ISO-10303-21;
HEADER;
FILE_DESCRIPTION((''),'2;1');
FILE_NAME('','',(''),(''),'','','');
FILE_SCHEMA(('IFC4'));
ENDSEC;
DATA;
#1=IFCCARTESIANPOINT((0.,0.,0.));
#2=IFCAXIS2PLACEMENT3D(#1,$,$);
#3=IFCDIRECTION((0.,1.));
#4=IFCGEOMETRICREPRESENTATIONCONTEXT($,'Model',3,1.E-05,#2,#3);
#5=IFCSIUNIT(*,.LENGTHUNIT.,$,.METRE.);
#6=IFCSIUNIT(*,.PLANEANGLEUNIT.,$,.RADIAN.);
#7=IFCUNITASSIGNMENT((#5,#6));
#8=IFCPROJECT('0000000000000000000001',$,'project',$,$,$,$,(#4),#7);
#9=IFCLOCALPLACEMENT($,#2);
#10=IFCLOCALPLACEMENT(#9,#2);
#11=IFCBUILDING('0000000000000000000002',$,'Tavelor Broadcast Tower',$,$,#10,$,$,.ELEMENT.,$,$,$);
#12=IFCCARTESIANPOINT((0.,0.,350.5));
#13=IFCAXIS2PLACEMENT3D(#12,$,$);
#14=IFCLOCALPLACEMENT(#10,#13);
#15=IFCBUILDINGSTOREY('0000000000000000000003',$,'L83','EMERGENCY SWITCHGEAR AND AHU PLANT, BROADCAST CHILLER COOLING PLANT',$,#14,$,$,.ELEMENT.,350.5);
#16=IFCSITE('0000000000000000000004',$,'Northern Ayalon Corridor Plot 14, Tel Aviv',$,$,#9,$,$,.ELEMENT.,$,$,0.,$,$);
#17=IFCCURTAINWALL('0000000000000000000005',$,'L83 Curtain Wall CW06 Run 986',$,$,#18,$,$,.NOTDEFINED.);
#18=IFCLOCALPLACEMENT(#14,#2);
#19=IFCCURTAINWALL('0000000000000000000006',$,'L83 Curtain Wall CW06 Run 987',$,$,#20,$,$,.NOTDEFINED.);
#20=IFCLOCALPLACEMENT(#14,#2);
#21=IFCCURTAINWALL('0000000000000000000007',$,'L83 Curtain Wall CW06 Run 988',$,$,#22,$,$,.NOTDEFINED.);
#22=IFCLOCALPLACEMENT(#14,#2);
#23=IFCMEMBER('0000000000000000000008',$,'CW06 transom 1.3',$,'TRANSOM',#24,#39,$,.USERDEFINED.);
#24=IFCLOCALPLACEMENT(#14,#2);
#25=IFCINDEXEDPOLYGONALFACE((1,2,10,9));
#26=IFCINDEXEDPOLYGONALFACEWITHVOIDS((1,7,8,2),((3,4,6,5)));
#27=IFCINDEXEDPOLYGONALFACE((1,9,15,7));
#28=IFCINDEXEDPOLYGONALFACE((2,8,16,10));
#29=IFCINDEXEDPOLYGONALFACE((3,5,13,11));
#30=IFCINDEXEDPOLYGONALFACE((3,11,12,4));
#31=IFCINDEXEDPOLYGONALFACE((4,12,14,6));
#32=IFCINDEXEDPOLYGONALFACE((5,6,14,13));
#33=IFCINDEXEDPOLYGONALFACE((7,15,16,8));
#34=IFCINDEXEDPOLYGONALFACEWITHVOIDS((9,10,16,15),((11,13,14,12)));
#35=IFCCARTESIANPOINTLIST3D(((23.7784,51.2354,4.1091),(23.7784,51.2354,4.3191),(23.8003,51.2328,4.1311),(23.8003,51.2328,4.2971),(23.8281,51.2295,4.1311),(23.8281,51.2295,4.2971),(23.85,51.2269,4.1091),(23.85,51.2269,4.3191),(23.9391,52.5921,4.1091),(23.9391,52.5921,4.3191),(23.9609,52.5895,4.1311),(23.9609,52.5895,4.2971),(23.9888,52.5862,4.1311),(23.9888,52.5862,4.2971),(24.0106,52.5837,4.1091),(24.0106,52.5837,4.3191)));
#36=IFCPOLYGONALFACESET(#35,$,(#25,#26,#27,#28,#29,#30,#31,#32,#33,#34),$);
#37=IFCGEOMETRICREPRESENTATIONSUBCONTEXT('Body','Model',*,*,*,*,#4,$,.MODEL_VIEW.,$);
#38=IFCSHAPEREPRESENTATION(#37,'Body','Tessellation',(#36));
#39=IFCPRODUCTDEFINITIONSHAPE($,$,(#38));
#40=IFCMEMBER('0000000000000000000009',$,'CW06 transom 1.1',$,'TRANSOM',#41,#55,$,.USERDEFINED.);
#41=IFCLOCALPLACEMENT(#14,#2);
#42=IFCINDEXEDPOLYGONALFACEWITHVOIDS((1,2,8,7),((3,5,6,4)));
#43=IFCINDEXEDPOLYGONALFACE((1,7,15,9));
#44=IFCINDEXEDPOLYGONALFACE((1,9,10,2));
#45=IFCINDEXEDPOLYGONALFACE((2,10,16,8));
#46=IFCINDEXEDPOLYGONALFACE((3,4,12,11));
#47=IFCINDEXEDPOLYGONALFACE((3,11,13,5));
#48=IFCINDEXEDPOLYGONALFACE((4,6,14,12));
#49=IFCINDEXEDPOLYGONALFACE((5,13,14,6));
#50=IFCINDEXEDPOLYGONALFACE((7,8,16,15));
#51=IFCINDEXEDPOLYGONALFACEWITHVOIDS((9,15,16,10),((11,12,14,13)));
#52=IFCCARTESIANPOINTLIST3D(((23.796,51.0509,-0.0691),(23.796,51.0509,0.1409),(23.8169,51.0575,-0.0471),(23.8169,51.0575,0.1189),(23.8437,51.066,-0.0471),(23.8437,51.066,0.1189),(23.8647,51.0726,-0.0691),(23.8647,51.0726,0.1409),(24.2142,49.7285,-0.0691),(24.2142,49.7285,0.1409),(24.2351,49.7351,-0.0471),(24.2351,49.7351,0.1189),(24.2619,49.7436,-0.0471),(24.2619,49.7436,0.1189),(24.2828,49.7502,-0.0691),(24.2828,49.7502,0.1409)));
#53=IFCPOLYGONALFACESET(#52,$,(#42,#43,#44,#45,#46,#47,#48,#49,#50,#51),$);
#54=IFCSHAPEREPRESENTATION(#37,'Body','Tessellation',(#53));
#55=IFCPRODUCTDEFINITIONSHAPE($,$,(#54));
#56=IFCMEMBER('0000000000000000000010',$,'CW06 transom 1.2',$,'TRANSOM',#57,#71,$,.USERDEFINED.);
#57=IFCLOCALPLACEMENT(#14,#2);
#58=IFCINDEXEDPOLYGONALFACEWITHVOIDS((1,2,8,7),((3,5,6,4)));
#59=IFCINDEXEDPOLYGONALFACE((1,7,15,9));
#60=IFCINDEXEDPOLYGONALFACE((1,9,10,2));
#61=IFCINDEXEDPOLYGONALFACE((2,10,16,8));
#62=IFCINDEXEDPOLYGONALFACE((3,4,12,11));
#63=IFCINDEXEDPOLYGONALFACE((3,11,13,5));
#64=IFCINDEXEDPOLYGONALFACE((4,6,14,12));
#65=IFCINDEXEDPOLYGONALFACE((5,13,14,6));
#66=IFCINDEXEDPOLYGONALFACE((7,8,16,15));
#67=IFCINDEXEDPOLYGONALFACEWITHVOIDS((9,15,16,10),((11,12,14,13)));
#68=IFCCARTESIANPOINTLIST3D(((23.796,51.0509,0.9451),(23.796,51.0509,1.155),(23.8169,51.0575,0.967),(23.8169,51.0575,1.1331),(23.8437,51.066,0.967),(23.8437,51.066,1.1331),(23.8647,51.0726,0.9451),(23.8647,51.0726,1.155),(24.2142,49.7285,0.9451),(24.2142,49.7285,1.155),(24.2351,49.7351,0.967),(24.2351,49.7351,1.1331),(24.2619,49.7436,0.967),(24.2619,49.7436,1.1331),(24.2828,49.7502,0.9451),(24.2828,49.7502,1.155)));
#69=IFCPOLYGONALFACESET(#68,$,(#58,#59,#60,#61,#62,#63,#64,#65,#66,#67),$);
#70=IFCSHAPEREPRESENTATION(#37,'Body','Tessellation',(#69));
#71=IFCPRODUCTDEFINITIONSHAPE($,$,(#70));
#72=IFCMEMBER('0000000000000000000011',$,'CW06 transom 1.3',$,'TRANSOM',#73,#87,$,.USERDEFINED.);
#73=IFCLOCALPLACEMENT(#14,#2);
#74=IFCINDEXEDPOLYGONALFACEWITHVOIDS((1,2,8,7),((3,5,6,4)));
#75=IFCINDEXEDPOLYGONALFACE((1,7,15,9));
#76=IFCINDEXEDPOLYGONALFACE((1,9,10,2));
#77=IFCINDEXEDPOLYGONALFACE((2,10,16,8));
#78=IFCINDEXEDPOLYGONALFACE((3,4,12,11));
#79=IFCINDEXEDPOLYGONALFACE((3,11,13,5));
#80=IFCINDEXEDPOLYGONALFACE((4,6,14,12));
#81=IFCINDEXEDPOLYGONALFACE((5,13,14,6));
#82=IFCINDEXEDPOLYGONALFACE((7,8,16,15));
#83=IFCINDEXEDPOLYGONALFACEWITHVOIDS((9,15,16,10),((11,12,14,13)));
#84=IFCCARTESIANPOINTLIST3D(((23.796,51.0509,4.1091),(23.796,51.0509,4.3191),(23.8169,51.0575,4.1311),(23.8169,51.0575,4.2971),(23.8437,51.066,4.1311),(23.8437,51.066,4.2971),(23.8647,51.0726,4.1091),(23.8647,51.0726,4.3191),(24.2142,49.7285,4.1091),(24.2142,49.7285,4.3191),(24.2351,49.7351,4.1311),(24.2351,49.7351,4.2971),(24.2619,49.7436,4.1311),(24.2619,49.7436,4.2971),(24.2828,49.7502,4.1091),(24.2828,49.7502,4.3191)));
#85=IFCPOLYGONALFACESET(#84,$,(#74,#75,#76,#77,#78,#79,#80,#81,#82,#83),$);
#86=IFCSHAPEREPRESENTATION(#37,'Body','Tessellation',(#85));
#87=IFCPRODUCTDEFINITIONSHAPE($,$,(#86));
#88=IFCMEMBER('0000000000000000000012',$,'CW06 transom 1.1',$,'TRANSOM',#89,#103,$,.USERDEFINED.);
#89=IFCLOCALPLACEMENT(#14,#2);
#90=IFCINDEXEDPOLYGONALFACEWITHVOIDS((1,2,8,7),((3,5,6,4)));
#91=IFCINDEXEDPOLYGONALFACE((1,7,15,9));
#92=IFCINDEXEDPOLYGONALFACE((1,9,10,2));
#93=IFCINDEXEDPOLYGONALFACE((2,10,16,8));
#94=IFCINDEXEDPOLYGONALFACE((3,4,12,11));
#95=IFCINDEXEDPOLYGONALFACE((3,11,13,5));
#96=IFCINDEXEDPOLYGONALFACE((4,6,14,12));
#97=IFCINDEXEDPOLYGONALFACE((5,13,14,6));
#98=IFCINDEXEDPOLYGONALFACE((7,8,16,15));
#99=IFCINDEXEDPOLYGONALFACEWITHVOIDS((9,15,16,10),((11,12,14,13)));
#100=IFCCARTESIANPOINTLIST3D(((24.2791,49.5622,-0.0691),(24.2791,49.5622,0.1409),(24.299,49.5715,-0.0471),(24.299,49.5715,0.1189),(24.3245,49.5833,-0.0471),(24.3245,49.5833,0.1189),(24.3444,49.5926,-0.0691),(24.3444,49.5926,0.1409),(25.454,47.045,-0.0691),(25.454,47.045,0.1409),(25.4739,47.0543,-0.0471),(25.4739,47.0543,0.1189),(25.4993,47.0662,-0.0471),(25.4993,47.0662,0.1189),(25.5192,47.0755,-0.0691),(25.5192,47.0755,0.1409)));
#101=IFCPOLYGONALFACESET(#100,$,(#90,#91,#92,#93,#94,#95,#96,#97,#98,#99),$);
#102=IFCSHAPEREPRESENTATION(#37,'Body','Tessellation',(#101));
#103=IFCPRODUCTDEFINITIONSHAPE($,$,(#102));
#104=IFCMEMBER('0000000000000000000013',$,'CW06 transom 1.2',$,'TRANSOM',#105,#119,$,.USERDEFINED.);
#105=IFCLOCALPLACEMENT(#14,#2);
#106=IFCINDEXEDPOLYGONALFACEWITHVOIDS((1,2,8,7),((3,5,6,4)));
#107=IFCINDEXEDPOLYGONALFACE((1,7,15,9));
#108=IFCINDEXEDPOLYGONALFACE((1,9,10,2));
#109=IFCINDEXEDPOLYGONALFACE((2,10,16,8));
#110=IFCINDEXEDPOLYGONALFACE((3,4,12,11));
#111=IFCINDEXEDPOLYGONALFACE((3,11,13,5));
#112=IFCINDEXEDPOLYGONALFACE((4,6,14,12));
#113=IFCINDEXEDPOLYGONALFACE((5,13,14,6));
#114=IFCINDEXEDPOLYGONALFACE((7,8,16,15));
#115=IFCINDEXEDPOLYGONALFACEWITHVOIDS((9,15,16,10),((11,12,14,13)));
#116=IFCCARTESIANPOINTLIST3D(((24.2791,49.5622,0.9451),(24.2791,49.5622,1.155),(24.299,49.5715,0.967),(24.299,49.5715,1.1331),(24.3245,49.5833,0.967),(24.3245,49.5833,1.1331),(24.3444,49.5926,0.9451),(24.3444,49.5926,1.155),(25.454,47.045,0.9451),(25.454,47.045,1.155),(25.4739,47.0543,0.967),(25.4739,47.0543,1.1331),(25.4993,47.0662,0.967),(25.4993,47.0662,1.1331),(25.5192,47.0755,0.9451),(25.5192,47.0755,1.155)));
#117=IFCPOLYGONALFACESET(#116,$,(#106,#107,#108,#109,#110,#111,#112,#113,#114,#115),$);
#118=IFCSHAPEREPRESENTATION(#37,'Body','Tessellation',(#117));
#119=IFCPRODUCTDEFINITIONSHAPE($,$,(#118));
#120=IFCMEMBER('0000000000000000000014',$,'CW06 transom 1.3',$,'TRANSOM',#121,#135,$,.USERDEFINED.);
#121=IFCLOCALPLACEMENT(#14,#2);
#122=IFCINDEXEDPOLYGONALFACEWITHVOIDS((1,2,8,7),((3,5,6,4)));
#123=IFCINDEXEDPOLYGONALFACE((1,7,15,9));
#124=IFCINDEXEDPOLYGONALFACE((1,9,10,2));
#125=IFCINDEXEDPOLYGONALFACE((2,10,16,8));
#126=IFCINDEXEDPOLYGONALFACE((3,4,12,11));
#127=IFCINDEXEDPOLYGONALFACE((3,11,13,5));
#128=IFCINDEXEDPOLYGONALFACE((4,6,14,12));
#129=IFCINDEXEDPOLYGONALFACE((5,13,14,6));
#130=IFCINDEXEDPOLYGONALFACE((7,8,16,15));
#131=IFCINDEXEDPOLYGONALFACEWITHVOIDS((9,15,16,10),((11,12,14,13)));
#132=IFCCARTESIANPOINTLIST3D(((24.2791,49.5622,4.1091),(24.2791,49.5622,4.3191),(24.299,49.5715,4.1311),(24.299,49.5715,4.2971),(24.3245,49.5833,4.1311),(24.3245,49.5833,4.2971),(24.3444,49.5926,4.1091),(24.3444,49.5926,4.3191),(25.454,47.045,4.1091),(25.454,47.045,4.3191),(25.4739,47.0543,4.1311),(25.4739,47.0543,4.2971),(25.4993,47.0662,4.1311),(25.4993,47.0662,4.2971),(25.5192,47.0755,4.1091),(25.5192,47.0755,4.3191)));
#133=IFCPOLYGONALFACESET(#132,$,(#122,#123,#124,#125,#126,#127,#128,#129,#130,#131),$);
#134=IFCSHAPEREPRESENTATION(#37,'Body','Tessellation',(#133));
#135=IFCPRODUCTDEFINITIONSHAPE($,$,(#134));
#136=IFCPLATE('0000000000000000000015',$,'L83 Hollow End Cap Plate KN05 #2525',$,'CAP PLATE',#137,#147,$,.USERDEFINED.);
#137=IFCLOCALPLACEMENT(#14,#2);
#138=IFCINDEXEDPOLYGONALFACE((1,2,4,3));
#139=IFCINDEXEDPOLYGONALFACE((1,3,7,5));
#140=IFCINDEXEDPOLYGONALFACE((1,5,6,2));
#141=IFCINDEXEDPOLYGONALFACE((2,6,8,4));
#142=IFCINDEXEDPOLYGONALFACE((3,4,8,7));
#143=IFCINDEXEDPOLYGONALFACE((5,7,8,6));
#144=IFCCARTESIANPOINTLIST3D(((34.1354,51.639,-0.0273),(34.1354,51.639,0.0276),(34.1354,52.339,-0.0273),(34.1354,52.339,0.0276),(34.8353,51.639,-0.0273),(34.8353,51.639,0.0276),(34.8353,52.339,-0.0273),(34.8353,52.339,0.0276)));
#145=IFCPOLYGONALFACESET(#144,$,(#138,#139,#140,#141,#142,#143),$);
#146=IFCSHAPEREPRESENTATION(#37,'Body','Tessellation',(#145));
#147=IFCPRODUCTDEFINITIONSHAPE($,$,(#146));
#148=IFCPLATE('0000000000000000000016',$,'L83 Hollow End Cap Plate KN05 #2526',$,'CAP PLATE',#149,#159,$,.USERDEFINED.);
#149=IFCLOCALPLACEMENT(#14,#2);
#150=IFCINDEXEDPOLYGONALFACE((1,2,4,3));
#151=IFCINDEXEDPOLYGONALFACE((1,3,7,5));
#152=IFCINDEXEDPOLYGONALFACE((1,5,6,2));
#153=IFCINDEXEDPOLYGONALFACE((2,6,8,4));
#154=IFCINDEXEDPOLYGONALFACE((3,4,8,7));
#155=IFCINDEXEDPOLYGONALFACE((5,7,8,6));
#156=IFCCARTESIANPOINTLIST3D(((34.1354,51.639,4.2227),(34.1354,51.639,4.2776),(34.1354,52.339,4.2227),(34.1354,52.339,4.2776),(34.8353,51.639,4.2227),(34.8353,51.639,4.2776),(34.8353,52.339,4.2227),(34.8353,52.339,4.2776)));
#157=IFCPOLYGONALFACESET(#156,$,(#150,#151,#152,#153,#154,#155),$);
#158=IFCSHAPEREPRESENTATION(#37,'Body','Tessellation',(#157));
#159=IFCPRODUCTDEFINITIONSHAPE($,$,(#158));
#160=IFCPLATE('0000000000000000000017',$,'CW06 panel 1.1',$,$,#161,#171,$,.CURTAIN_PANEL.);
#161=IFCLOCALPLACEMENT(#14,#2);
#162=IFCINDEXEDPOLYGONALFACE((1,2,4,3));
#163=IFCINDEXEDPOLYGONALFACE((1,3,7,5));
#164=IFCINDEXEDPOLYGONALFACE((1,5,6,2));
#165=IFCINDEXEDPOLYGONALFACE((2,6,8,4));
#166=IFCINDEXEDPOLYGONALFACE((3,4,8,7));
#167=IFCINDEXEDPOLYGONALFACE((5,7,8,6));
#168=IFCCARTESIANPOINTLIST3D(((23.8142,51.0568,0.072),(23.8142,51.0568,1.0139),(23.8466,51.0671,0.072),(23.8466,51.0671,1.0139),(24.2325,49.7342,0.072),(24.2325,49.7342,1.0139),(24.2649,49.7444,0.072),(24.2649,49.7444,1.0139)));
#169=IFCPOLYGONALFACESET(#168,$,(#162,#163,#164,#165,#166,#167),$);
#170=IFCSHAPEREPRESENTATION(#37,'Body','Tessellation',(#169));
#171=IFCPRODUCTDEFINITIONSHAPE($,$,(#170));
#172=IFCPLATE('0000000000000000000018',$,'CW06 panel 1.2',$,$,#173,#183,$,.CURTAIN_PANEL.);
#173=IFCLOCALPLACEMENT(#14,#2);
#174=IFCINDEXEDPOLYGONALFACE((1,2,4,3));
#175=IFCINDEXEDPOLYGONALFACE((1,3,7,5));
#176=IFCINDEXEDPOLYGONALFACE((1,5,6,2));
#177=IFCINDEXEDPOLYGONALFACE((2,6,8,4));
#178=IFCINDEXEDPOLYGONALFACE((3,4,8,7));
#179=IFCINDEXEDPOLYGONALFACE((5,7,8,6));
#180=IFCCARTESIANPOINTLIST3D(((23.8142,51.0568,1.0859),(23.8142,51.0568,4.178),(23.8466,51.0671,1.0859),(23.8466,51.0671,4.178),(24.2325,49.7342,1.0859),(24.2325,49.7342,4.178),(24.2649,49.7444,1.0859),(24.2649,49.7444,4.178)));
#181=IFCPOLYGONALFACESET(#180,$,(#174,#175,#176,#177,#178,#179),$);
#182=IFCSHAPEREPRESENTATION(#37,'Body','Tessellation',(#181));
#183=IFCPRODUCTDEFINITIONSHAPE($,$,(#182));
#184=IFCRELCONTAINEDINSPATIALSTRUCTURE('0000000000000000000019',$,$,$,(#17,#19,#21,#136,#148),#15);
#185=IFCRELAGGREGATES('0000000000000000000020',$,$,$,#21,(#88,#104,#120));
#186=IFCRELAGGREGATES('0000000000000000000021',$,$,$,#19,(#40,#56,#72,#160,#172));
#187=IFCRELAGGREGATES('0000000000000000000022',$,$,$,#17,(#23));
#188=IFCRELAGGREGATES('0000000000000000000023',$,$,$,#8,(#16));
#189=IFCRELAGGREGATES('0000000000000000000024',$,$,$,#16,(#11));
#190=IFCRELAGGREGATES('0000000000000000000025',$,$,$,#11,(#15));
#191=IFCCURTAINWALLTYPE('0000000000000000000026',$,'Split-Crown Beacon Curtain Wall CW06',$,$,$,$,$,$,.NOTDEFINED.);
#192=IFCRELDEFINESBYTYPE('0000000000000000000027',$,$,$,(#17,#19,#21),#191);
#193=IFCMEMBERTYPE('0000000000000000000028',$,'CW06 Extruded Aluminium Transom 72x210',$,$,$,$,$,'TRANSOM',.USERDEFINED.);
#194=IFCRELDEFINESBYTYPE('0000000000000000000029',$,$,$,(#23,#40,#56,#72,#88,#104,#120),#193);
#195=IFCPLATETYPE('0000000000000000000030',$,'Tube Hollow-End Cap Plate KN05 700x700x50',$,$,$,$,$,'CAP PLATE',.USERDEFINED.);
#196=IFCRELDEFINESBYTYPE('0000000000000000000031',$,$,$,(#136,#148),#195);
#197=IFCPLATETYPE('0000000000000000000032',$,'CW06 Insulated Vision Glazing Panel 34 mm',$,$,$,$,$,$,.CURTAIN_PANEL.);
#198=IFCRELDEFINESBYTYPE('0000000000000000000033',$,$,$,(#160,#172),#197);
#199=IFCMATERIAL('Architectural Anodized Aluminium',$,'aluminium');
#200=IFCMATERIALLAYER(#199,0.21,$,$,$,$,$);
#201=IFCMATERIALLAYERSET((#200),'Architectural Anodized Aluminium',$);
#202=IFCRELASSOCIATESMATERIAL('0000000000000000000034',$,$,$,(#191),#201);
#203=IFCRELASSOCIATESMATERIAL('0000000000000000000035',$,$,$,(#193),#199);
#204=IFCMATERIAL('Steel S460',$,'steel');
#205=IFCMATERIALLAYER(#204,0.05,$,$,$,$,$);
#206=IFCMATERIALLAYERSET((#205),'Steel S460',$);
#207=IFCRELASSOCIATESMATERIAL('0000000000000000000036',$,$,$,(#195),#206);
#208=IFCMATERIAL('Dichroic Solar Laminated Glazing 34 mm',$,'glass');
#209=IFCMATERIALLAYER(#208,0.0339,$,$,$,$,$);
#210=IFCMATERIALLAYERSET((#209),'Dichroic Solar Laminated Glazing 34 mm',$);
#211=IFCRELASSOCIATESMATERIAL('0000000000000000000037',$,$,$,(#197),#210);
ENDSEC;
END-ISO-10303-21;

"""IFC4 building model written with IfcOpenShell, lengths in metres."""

from ifc_helpers import new_model, si_unit, direction, frame, origin, origin_2d, place, context, subcontext, project, spatial, rectangle, hollow_rectangle, extrude, source, transform, mapped, material, layer, layer_set, material_profile, profile_set, type_object, type_shapes, element, aggregate, save


model = new_model("IFC4")

# Units and contexts
model_context = context("Model", 3, precision=1e-05, world=origin(), true_north=direction((0.0, 1.0)))
body_context = subcontext(model_context, "Body", "Model", "MODEL_VIEW")
ifc_project = project(units=[si_unit("LENGTHUNIT", "METRE"), si_unit("PLANEANGLEUNIT", "RADIAN")], contexts=[model_context])

# Site, building, storey
site_placement = place(None, origin())
site = spatial("IfcSite", under=ifc_project, at=site_placement, Name="Northern Ayalon Corridor Plot 14, Tel Aviv", CompositionType="ELEMENT", RefElevation=0.0)
building_placement = place(site_placement, origin())
building = spatial("IfcBuilding", under=site, at=building_placement, Name="Tavelor Broadcast Tower", CompositionType="ELEMENT")
storey_placement = place(building_placement, frame((0.0, 0.0, 350.5)))
storey = spatial("IfcBuildingStorey", under=building, at=storey_placement, Name="L83", Description="EMERGENCY SWITCHGEAR AND AHU PLANT, BROADCAST CHILLER COOLING PLANT", CompositionType="ELEMENT", Elevation=350.5)

# Shared definitions
ifc_material_1 = material(Name="Architectural Anodized Aluminium", Category="aluminium")
ifc_layer_1 = layer(ifc_material_1, 0.21)
ifc_layer_set_1 = layer_set([ifc_layer_1], Name="Architectural Anodized Aluminium")
curtain_wall_type = type_object("IfcCurtainWallType", Name="Split-Crown Beacon Curtain Wall CW06", PredefinedType="NOTDEFINED", material=ifc_layer_set_1)

# Curtain walls
curtain_wall_1_placement = place(storey_placement, origin())
curtain_wall_1 = element("IfcCurtainWall", 1, at=curtain_wall_1_placement, inside=storey, type_object=curtain_wall_type, Name="L83 Curtain Wall CW06 Run 986", PredefinedType="NOTDEFINED")
curtain_wall_2_placement = place(storey_placement, origin())
curtain_wall_2 = element("IfcCurtainWall", 2, at=curtain_wall_2_placement, inside=storey, type_object=curtain_wall_type, Name="L83 Curtain Wall CW06 Run 987", PredefinedType="NOTDEFINED")

# Curtain wall
curtain_wall_3_placement = place(storey_placement, origin())
curtain_wall_3 = element("IfcCurtainWall", 3, at=curtain_wall_3_placement, inside=storey, type_object=curtain_wall_type, Name="L83 Curtain Wall CW06 Run 988", PredefinedType="NOTDEFINED")

# Members
ifc_material_profile_1 = material_profile(ifc_material_1, hollow_rectangle(XDim=0.072, YDim=0.21, WallThickness=0.022, at=origin_2d()), Name="RHS 72x210x22")
ifc_profile_set_1 = profile_set([ifc_material_profile_1], Name="Architectural Anodized Aluminium")
member_type_1 = type_object("IfcMemberType", Name="CW06 Extruded Aluminium Transom 72x210", ElementType="TRANSOM", PredefinedType="USERDEFINED", material=ifc_profile_set_1)
shared_shape_1 = source(origin(), body_context, "Body", "SweptSolid", [
    extrude(hollow_rectangle(XDim=0.072, YDim=0.21, WallThickness=0.022, at=origin_2d()), origin(), (0.0, 0.0, 1.0), 1.3662),
])
member_1_placement = place(storey_placement, frame((23.9749, 52.5879, 4.2141), z_axis=(-0.117588, -0.993062, 0.0), x_axis=(0.993062, -0.117588, 0.0)))
member_1 = element("IfcMember", 4, at=member_1_placement, type_object=member_type_1, Name="CW06 transom 1.3", ObjectType="TRANSOM", PredefinedType="USERDEFINED", context=body_context, shape_type="MappedRepresentation", body=[
    mapped(shared_shape_1, transform((0.0, 0.0, 0.0), scale=1.0)),
])
shared_shape_2 = source(origin(), body_context, "Body", "SweptSolid", [
    extrude(hollow_rectangle(XDim=0.072, YDim=0.21, WallThickness=0.022, at=origin_2d()), origin(), (0.0, 0.0, 1.0), 1.387),
])
member_2_placement = place(storey_placement, frame((23.8303, 51.0618, 0.0359), z_axis=(0.30151, -0.953463, 0.0), x_axis=(0.953463, 0.30151, 0.0)))
member_2 = element("IfcMember", 5, at=member_2_placement, type_object=member_type_1, Name="CW06 transom 1.1", ObjectType="TRANSOM", PredefinedType="USERDEFINED", context=body_context, shape_type="MappedRepresentation", body=[
    mapped(shared_shape_2, transform((0.0, 0.0, 0.0), scale=1.0)),
])
member_3_placement = place(storey_placement, frame((23.8303, 51.0618, 1.05), z_axis=(0.30151, -0.953463, 0.0), x_axis=(0.953463, 0.30151, 0.0)))
member_3 = element("IfcMember", 6, at=member_3_placement, type_object=member_type_1, Name="CW06 transom 1.2", ObjectType="TRANSOM", PredefinedType="USERDEFINED", context=body_context, shape_type="MappedRepresentation", body=[
    mapped(shared_shape_2, transform((0.0, 0.0, 0.0), scale=1.0)),
])
member_4_placement = place(storey_placement, frame((23.8303, 51.0618, 4.2141), z_axis=(0.30151, -0.953463, 0.0), x_axis=(0.953463, 0.30151, 0.0)))
member_4 = element("IfcMember", 7, at=member_4_placement, type_object=member_type_1, Name="CW06 transom 1.3", ObjectType="TRANSOM", PredefinedType="USERDEFINED", context=body_context, shape_type="MappedRepresentation", body=[
    mapped(shared_shape_2, transform((0.0, 0.0, 0.0), scale=1.0)),
])
shared_shape_3 = source(origin(), body_context, "Body", "SweptSolid", [
    extrude(hollow_rectangle(XDim=0.072, YDim=0.21, WallThickness=0.022, at=origin_2d()), origin(), (0.0, 0.0, 1.0), 2.7778),
])
type_shapes(member_type_1, [shared_shape_1, shared_shape_2, shared_shape_3])
member_5_placement = place(storey_placement, frame((24.3118, 49.5774, 0.0359), z_axis=(0.422934, -0.906161, 0.0), x_axis=(0.906161, 0.422934, 0.0)))
member_5 = element("IfcMember", 8, at=member_5_placement, type_object=member_type_1, Name="CW06 transom 1.1", ObjectType="TRANSOM", PredefinedType="USERDEFINED", context=body_context, shape_type="MappedRepresentation", body=[
    mapped(shared_shape_3, transform((0.0, 0.0, 0.0), scale=1.0)),
])
member_6_placement = place(storey_placement, frame((24.3118, 49.5774, 1.05), z_axis=(0.422934, -0.906161, 0.0), x_axis=(0.906161, 0.422934, 0.0)))
member_6 = element("IfcMember", 9, at=member_6_placement, type_object=member_type_1, Name="CW06 transom 1.2", ObjectType="TRANSOM", PredefinedType="USERDEFINED", context=body_context, shape_type="MappedRepresentation", body=[
    mapped(shared_shape_3, transform((0.0, 0.0, 0.0), scale=1.0)),
])
member_7_placement = place(storey_placement, frame((24.3118, 49.5774, 4.2141), z_axis=(0.422934, -0.906161, 0.0), x_axis=(0.906161, 0.422934, 0.0)))
member_7 = element("IfcMember", 10, at=member_7_placement, type_object=member_type_1, Name="CW06 transom 1.3", ObjectType="TRANSOM", PredefinedType="USERDEFINED", context=body_context, shape_type="MappedRepresentation", body=[
    mapped(shared_shape_3, transform((0.0, 0.0, 0.0), scale=1.0)),
])
aggregate(curtain_wall_3, [member_5, member_6, member_7])

# Plates
ifc_material_2 = material(Name="Steel S460", Category="steel")
ifc_layer_2 = layer(ifc_material_2, 0.05)
ifc_layer_set_2 = layer_set([ifc_layer_2], Name="Steel S460")
plate_type_1 = type_object("IfcPlateType", Name="Tube Hollow-End Cap Plate KN05 700x700x50", ElementType="CAP PLATE", PredefinedType="USERDEFINED", material=ifc_layer_set_2)
shared_shape_4 = source(origin(), body_context, "Body", "SweptSolid", [
    extrude(rectangle(XDim=0.7, YDim=0.7, at=origin_2d()), origin(), (0.0, 0.0, 1.0), 0.0549),
])
type_shapes(plate_type_1, [shared_shape_4])
for number, where, z_axis, x_axis, name in (
    (11, (34.4854, 51.989, -0.0273), (0.0, 0.0, 1.0), (1.0, 0.0, 0.0), "L83 Hollow End Cap Plate KN05 #2525"),
    (12, (34.4854, 51.989, 4.2227), (0.0, 0.0, 1.0), (1.0, 0.0, 0.0), "L83 Hollow End Cap Plate KN05 #2526"),
):
    element("IfcPlate", number, at=place(storey_placement, frame(where, z_axis=z_axis, x_axis=x_axis)), inside=storey, type_object=plate_type_1, Name=name, ObjectType="CAP PLATE", PredefinedType="USERDEFINED", context=body_context, shape_type="MappedRepresentation", body=[
        mapped(shared_shape_4, transform((0.0, 0.0, 0.0), scale=1.0)),
    ])

# Plates
ifc_material_3 = material(Name="Dichroic Solar Laminated Glazing 34 mm", Category="glass")
ifc_layer_3 = layer(ifc_material_3, 0.0339)
ifc_layer_set_3 = layer_set([ifc_layer_3], Name="Dichroic Solar Laminated Glazing 34 mm")
plate_type_2 = type_object("IfcPlateType", Name="CW06 Insulated Vision Glazing Panel 34 mm", PredefinedType="CURTAIN_PANEL", material=ifc_layer_set_3)
shared_shape_5 = source(origin(), body_context, "Body", "SweptSolid", [
    extrude(rectangle(XDim=1.3872, YDim=0.0339, at=origin_2d()), origin(), (0.0, 0.0, 1.0), 0.9419),
])
plate_1_placement = place(storey_placement, frame((24.0396, 50.4006, 0.072), z_axis=(0.0, 0.0, 1.0), x_axis=(0.301535, -0.953455, 0.0)))
plate_1 = element("IfcPlate", 13, at=plate_1_placement, type_object=plate_type_2, Name="CW06 panel 1.1", PredefinedType="CURTAIN_PANEL", context=body_context, shape_type="MappedRepresentation", body=[
    mapped(shared_shape_5, transform((0.0, 0.0, 0.0), scale=1.0)),
])
shared_shape_6 = source(origin(), body_context, "Body", "SweptSolid", [
    extrude(rectangle(XDim=1.3872, YDim=0.0339, at=origin_2d()), origin(), (0.0, 0.0, 1.0), 3.092),
])
plate_2_placement = place(storey_placement, frame((24.0396, 50.4006, 1.0859), z_axis=(0.0, 0.0, 1.0), x_axis=(0.301535, -0.953455, 0.0)))
plate_2 = element("IfcPlate", 14, at=plate_2_placement, type_object=plate_type_2, Name="CW06 panel 1.2", PredefinedType="CURTAIN_PANEL", context=body_context, shape_type="MappedRepresentation", body=[
    mapped(shared_shape_6, transform((0.0, 0.0, 0.0), scale=1.0)),
])
aggregate(curtain_wall_2, [member_2, member_3, member_4, plate_1, plate_2])
aggregate(curtain_wall_1, [member_1])

save(model, "model.ifc")
